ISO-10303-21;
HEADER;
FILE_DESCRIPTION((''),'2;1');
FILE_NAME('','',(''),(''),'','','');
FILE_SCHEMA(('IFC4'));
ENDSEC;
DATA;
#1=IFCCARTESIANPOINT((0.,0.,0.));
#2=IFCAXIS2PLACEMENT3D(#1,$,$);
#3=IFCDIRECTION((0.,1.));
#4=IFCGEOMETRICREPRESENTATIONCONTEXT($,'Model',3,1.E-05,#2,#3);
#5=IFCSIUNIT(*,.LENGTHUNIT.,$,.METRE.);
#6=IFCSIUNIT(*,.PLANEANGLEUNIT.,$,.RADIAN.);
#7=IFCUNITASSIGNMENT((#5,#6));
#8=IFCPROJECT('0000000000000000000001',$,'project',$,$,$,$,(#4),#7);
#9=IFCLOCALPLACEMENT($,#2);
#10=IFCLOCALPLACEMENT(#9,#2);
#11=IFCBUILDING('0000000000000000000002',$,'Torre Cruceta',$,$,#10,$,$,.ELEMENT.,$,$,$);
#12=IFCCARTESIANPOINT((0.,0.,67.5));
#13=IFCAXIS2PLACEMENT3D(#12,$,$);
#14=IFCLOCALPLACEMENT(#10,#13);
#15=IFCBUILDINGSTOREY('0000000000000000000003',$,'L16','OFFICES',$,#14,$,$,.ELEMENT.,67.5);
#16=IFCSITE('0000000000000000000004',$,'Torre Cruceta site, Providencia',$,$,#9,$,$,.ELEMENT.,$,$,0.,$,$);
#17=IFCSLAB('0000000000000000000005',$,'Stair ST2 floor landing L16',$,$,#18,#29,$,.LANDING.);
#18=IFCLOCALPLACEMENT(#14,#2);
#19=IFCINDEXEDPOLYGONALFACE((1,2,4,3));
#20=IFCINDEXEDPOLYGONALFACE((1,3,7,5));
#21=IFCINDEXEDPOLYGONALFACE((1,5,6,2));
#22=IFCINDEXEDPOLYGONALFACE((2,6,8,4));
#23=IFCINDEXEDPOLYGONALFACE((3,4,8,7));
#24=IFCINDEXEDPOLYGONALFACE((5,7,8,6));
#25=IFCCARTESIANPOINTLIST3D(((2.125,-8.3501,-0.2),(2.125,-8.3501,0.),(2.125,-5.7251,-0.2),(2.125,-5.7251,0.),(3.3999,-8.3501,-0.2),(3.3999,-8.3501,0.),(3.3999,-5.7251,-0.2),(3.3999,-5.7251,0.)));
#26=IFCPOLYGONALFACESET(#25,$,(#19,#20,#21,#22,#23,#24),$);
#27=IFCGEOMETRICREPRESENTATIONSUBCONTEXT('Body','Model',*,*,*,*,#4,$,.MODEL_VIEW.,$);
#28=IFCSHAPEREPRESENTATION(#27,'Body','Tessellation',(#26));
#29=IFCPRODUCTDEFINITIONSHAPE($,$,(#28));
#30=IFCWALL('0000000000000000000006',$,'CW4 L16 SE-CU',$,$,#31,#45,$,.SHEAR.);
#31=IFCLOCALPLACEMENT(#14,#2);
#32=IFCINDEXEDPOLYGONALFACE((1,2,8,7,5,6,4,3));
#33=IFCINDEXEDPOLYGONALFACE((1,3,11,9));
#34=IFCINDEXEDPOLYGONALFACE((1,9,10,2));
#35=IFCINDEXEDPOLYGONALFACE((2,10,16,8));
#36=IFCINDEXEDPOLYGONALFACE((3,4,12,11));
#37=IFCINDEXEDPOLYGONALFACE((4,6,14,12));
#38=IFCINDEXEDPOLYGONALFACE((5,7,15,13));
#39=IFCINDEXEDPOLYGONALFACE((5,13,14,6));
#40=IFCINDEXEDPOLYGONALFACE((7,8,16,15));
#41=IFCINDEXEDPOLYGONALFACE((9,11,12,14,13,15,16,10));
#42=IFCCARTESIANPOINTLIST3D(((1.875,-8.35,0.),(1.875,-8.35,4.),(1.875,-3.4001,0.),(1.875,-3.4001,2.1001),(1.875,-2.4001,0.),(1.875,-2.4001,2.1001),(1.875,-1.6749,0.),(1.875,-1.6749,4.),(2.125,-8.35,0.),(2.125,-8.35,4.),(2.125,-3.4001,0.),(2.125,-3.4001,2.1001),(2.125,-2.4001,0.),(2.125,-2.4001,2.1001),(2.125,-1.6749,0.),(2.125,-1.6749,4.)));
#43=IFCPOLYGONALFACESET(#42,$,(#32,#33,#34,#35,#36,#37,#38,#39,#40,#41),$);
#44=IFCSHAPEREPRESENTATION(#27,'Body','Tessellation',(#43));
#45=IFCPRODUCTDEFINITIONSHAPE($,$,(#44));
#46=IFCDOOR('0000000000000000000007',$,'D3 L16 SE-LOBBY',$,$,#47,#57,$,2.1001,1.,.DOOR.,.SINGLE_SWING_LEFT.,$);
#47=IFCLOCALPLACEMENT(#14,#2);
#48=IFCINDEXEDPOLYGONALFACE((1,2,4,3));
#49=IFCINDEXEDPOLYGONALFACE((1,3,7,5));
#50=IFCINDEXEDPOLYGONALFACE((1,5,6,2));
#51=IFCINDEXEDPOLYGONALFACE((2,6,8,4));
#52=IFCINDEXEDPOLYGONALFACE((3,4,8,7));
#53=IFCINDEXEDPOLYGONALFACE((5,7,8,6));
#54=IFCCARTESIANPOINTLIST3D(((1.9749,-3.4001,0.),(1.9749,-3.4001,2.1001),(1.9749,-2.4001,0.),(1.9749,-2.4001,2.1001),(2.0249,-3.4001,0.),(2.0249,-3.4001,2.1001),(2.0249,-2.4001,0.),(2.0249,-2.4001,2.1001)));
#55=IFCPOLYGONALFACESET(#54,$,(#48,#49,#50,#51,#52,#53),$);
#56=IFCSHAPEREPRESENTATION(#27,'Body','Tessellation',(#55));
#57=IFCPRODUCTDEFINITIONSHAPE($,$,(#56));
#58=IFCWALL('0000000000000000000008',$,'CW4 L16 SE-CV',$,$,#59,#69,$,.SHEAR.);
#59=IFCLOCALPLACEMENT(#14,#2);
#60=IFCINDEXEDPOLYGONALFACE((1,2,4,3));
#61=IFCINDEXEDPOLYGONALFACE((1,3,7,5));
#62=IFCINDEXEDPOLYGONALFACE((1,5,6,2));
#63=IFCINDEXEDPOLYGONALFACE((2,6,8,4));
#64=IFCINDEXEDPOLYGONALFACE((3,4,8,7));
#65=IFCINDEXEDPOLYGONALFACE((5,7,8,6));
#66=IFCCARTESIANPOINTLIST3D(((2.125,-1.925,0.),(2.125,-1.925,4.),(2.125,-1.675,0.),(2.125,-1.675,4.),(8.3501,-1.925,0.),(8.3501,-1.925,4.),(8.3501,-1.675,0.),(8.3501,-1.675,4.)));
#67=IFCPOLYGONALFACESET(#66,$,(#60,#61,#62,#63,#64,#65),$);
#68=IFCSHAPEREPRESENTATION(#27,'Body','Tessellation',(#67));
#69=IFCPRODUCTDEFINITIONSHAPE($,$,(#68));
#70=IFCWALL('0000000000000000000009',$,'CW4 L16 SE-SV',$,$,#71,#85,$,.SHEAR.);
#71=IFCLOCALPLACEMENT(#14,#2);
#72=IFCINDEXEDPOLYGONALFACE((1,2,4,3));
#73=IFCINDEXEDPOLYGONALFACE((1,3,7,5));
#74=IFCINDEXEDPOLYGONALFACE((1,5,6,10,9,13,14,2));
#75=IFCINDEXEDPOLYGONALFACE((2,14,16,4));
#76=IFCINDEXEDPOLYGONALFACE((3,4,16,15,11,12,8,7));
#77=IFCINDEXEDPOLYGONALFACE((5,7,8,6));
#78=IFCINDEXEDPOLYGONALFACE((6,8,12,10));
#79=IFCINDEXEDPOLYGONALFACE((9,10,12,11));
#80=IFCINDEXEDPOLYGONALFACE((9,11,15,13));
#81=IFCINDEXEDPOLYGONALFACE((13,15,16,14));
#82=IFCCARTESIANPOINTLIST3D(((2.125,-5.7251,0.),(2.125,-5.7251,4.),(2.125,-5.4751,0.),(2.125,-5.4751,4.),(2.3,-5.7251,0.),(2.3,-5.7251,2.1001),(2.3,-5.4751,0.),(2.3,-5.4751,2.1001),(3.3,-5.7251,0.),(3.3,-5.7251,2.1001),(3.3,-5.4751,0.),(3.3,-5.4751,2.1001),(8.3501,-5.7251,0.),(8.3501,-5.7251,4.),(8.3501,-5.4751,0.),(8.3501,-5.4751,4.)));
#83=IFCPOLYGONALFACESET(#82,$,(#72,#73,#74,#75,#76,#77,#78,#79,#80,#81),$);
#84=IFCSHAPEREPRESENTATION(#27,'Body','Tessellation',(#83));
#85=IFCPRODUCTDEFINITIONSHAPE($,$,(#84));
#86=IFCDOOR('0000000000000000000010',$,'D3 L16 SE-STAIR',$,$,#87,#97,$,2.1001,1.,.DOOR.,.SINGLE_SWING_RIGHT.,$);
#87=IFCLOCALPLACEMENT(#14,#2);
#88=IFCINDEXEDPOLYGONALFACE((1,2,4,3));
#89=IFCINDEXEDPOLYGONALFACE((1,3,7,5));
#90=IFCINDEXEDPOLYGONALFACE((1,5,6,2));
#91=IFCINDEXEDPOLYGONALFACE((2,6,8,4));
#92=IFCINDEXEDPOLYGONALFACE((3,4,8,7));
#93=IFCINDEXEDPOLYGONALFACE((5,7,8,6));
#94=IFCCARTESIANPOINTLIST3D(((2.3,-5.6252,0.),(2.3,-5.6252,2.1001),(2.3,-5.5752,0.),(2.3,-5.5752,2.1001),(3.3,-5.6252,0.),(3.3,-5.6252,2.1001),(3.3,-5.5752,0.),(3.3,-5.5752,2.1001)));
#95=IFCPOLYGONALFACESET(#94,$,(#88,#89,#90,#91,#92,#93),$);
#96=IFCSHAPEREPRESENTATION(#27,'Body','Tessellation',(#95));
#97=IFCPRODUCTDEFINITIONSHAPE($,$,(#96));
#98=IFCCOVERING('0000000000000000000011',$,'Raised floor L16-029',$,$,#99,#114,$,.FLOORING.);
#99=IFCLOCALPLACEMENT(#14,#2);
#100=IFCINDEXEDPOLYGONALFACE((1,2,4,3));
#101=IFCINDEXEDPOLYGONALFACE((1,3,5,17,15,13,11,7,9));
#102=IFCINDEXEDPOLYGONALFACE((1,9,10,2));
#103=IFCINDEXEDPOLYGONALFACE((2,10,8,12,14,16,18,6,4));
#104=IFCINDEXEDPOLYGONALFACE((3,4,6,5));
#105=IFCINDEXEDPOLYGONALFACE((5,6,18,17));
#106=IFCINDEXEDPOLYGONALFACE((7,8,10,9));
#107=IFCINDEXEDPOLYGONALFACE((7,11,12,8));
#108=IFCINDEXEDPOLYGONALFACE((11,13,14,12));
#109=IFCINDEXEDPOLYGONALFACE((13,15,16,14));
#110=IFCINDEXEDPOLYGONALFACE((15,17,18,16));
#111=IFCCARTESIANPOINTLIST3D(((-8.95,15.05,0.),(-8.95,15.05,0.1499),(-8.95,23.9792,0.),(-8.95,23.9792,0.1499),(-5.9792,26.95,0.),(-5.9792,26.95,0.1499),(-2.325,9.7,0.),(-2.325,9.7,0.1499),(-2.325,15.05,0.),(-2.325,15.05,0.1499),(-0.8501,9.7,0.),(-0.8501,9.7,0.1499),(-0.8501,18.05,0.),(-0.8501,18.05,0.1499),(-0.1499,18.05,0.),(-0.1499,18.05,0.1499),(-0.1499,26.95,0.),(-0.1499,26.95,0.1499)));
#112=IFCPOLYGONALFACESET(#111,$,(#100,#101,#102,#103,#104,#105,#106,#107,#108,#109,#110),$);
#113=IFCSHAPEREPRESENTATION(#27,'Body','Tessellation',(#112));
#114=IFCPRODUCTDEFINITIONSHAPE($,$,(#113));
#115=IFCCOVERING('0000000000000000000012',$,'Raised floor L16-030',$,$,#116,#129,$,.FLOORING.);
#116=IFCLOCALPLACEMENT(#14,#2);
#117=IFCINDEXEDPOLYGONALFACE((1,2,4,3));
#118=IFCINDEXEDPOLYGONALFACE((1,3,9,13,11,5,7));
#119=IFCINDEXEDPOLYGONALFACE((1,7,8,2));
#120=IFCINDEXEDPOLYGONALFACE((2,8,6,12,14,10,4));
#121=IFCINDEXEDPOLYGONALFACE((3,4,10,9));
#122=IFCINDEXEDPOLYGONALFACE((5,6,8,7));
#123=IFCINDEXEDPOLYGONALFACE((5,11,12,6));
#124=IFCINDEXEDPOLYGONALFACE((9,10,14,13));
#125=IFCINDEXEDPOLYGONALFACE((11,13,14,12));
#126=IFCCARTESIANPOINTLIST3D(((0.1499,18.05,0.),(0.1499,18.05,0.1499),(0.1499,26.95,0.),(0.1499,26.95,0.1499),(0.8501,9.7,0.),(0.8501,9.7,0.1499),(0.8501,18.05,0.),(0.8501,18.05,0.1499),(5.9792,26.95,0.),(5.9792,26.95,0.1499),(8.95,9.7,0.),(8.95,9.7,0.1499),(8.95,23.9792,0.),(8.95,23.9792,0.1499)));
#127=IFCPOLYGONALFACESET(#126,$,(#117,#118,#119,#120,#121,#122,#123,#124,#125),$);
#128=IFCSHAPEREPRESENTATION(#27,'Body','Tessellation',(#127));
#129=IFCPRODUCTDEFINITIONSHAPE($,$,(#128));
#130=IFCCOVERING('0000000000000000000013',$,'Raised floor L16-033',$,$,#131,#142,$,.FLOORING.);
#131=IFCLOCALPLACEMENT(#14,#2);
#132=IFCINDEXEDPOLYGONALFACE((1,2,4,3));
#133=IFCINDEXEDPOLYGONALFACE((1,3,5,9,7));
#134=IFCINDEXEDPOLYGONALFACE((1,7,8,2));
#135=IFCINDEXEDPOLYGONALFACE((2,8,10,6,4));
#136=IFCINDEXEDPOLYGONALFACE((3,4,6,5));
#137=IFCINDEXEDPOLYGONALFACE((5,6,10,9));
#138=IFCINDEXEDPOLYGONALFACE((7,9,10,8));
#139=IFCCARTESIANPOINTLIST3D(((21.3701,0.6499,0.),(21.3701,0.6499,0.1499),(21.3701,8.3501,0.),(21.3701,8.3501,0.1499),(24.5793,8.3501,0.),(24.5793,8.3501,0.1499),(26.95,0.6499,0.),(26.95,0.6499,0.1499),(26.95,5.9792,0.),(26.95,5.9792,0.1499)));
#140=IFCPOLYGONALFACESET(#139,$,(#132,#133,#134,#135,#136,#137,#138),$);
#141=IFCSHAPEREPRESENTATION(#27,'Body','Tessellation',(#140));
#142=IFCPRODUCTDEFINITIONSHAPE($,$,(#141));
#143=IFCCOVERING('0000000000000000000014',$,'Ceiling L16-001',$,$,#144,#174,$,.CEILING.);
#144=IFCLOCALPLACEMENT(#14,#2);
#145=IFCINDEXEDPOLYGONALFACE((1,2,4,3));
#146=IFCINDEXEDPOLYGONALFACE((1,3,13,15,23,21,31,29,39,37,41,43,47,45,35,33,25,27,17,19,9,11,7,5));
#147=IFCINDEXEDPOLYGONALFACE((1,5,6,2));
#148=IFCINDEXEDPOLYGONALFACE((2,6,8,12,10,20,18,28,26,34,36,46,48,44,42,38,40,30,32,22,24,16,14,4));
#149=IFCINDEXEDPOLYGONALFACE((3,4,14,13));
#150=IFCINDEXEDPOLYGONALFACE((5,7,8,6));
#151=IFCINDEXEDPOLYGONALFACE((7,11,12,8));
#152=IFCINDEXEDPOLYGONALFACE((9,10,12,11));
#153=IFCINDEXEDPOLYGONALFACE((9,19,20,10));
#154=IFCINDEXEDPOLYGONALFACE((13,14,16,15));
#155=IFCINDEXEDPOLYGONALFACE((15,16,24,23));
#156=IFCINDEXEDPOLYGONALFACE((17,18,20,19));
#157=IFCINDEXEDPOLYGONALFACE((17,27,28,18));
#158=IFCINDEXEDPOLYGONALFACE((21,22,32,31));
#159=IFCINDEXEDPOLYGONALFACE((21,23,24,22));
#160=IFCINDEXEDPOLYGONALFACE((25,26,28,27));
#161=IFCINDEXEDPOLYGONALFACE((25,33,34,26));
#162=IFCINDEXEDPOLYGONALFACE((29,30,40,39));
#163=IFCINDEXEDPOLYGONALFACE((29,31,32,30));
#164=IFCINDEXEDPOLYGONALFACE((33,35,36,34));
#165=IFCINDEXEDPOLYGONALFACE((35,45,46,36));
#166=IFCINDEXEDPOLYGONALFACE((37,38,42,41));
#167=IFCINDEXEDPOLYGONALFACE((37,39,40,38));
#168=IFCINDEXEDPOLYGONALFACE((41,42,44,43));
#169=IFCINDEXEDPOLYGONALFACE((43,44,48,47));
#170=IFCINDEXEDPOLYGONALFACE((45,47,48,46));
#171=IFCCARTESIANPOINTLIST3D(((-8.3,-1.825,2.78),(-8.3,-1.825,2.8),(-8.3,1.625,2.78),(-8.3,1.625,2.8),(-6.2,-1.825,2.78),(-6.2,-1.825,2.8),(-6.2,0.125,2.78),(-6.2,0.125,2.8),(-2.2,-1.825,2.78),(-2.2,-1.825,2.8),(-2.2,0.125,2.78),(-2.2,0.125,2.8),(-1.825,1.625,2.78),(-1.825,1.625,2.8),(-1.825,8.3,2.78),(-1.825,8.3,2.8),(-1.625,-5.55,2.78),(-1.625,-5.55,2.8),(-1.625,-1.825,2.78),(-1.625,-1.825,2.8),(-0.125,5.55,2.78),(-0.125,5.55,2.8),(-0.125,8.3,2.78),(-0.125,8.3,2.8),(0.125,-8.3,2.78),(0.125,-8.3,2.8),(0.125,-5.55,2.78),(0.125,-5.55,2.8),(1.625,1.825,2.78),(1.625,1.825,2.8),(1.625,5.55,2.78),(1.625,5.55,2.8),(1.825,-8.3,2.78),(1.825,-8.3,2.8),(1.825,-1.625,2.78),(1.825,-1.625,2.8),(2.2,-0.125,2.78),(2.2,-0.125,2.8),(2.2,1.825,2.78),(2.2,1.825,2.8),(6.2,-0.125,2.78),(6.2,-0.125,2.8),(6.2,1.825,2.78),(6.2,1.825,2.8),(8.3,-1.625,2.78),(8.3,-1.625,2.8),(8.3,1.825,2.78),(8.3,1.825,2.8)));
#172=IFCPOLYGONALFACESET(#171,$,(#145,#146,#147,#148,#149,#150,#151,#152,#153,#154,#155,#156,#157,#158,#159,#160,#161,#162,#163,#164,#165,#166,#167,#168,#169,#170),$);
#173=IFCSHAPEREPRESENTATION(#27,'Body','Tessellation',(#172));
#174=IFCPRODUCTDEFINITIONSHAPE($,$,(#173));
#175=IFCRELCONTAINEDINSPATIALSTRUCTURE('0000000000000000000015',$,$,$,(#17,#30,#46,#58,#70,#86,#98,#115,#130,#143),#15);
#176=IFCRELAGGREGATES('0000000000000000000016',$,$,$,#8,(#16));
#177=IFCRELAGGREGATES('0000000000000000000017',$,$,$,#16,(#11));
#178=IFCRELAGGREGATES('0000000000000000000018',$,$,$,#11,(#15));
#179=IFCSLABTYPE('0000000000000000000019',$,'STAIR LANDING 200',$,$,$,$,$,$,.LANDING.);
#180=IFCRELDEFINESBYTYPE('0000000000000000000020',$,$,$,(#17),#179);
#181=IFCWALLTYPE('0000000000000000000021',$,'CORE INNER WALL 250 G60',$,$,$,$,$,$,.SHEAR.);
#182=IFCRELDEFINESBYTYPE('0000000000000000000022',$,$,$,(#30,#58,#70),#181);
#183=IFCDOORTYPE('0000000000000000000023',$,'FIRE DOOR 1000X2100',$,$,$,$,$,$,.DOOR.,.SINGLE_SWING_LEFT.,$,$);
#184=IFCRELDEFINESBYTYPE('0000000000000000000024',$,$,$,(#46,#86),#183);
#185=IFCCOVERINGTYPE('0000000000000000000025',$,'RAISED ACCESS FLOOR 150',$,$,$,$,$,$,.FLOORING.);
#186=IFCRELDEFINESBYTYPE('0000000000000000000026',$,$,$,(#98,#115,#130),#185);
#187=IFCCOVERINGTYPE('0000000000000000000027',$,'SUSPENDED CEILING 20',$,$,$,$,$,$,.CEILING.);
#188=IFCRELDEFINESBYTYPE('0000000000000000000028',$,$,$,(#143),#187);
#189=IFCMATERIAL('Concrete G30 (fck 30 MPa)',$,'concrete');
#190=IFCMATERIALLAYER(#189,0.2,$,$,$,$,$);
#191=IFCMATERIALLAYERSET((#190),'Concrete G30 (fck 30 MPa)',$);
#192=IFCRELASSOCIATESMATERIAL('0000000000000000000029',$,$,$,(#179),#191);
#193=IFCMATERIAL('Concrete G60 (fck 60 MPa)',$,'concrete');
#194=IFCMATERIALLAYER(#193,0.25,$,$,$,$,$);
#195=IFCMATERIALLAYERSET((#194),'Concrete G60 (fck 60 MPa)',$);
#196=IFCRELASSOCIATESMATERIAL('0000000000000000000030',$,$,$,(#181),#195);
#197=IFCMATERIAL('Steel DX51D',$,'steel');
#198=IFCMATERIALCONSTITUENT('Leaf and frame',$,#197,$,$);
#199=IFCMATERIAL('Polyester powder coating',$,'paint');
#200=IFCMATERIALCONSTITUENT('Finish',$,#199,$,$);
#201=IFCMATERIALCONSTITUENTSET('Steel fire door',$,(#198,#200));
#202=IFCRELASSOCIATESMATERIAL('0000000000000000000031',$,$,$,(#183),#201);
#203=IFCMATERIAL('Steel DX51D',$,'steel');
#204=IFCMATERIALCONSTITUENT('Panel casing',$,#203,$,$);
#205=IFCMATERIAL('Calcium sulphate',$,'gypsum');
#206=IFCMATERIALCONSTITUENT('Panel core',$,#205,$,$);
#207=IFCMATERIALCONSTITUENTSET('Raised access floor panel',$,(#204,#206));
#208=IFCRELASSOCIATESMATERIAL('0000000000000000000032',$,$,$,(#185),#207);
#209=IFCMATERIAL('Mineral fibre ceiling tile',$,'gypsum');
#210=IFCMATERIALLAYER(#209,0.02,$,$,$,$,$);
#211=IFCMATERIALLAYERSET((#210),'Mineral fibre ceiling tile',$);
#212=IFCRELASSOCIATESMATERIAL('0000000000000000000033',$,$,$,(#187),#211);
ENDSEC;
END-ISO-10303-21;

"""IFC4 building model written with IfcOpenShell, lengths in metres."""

from ifc_helpers import new_model, si_unit, direction, frame, frame_2d, origin, place, context, subcontext, project, spatial, polyline, rectangle, outline, extrude, material, layer, layer_set, constituent, constituent_set, type_object, element, fill, save


model = new_model("IFC4")

# Units and contexts
model_context = context("Model", 3, precision=1e-05, world=origin(), true_north=direction((0.0, 1.0)))
body_context = subcontext(model_context, "Body", "Model", "MODEL_VIEW")
ifc_project = project(units=[si_unit("LENGTHUNIT", "METRE"), si_unit("PLANEANGLEUNIT", "RADIAN")], contexts=[model_context])

# Site, building, storey
site_placement = place(None, origin())
site = spatial("IfcSite", under=ifc_project, at=site_placement, Name="Torre Cruceta site, Providencia", CompositionType="ELEMENT", RefElevation=0.0)
building_placement = place(site_placement, origin())
building = spatial("IfcBuilding", under=site, at=building_placement, Name="Torre Cruceta", CompositionType="ELEMENT")
storey_placement = place(building_placement, frame((0.0, 0.0, 67.5)))
storey = spatial("IfcBuildingStorey", under=building, at=storey_placement, Name="L16", Description="OFFICES", CompositionType="ELEMENT", Elevation=67.5)

# Slab
ifc_material_1 = material(Name="Concrete G30 (fck 30 MPa)", Category="concrete")
ifc_layer_1 = layer(ifc_material_1, 0.2)
ifc_layer_set_1 = layer_set([ifc_layer_1], Name="Concrete G30 (fck 30 MPa)")
slab_type = type_object("IfcSlabType", Name="STAIR LANDING 200", PredefinedType="LANDING", material=ifc_layer_set_1)
slab_placement = place(storey_placement, frame((0.0, 0.0, -0.2)))
element("IfcSlab", 1, at=slab_placement, inside=storey, type_object=slab_type, Name="Stair ST2 floor landing L16", PredefinedType="LANDING", context=body_context, shape_type="SweptSolid", body=[
    extrude(outline(polyline([(2.125, -8.3501), (2.125, -5.7251), (3.3999, -5.7251), (3.3999, -8.3501), (2.125, -8.3501)])), origin(), (0.0, 0.0, 1.0), 0.2),
])

# Wall, opening, door
ifc_material_2 = material(Name="Concrete G60 (fck 60 MPa)", Category="concrete")
ifc_layer_2 = layer(ifc_material_2, 0.25)
ifc_layer_set_2 = layer_set([ifc_layer_2], Name="Concrete G60 (fck 60 MPa)")
wall_type = type_object("IfcWallType", Name="CORE INNER WALL 250 G60", PredefinedType="SHEAR", material=ifc_layer_set_2)
wall_1_placement = place(storey_placement, frame((2.0, -1.675, 0.0), z_axis=(0.0, 0.0, 1.0), x_axis=(0.0, -1.0, 0.0)))
wall_1 = element("IfcWall", 2, at=wall_1_placement, inside=storey, type_object=wall_type, Name="CW4 L16 SE-CU", PredefinedType="SHEAR", context=body_context, shape_type="SweptSolid", body=[
    extrude(rectangle(XDim=6.675, YDim=0.25, at=frame_2d((3.3374, 0.0))), origin(), (0.0, 0.0, 1.0), 4.0),
])
opening_1_placement = place(wall_1_placement, frame((0.7251, 0.0, 0.0)))
opening_1 = element("IfcOpeningElement", 3, at=opening_1_placement, cuts=wall_1, PredefinedType="OPENING", context=body_context, shape_type="SweptSolid", body=[
    extrude(rectangle(XDim=1.0, YDim=2.1001, at=frame_2d((0.5, 1.05))), frame((0.0, 0.135, 0.0), z_axis=(0.0, -1.0, 0.0), x_axis=(1.0, 0.0, 0.0)), (0.0, 0.0, 1.0), 0.27),
])
ifc_material_3 = material(Name="Steel DX51D", Category="steel")
ifc_constituent_1 = constituent(ifc_material_3, Name="Leaf and frame")
ifc_material_4 = material(Name="Polyester powder coating", Category="paint")
ifc_constituent_2 = constituent(ifc_material_4, Name="Finish")
ifc_constituent_set_1 = constituent_set(constituents=[ifc_constituent_1, ifc_constituent_2], Name="Steel fire door")
door_type = type_object("IfcDoorType", Name="FIRE DOOR 1000X2100", OperationType="SINGLE_SWING_LEFT", PredefinedType="DOOR", material=ifc_constituent_set_1)
door_1_placement = place(opening_1_placement, origin())
door_1 = element("IfcDoor", 4, at=door_1_placement, inside=storey, type_object=door_type, Name="D3 L16 SE-LOBBY", OperationType="SINGLE_SWING_LEFT", OverallHeight=2.1001, OverallWidth=1.0, PredefinedType="DOOR", context=body_context, shape_type="SweptSolid", body=[
    extrude(rectangle(XDim=1.0, YDim=2.1001, at=frame_2d((0.5, 1.05))), frame((0.0, 0.0249, 0.0), z_axis=(0.0, -1.0, 0.0), x_axis=(1.0, 0.0, 0.0)), (0.0, 0.0, 1.0), 0.05),
])
fill(opening_1, door_1)

# Wall
wall_2_placement = place(storey_placement, frame((2.125, -1.8, 0.0), z_axis=(0.0, 0.0, 1.0), x_axis=(1.0, 0.0, 0.0)))
element("IfcWall", 5, at=wall_2_placement, inside=storey, type_object=wall_type, Name="CW4 L16 SE-CV", PredefinedType="SHEAR", context=body_context, shape_type="SweptSolid", body=[
    extrude(rectangle(XDim=6.2251, YDim=0.25, at=frame_2d((3.1125, 0.0))), origin(), (0.0, 0.0, 1.0), 4.0),
])

# Wall, opening, door
wall_3_placement = place(storey_placement, frame((2.125, -5.6001, 0.0), z_axis=(0.0, 0.0, 1.0), x_axis=(1.0, 0.0, 0.0)))
wall_3 = element("IfcWall", 6, at=wall_3_placement, inside=storey, type_object=wall_type, Name="CW4 L16 SE-SV", PredefinedType="SHEAR", context=body_context, shape_type="SweptSolid", body=[
    extrude(rectangle(XDim=6.2251, YDim=0.25, at=frame_2d((3.1125, 0.0))), origin(), (0.0, 0.0, 1.0), 4.0),
])
opening_2_placement = place(wall_3_placement, frame((0.175, 0.0, 0.0)))
opening_2 = element("IfcOpeningElement", 7, at=opening_2_placement, cuts=wall_3, PredefinedType="OPENING", context=body_context, shape_type="SweptSolid", body=[
    extrude(rectangle(XDim=1.0, YDim=2.1001, at=frame_2d((0.5, 1.05))), frame((0.0, 0.135, 0.0), z_axis=(0.0, -1.0, 0.0), x_axis=(1.0, 0.0, 0.0)), (0.0, 0.0, 1.0), 0.27),
])
door_2_placement = place(opening_2_placement, frame((1.0, 0.0, 0.0), z_axis=(0.0, 0.0, 1.0), x_axis=(-1.0, 0.0, 0.0)))
door_2 = element("IfcDoor", 8, at=door_2_placement, inside=storey, type_object=door_type, Name="D3 L16 SE-STAIR", OperationType="SINGLE_SWING_RIGHT", OverallHeight=2.1001, OverallWidth=1.0, PredefinedType="DOOR", context=body_context, shape_type="SweptSolid", body=[
    extrude(rectangle(XDim=1.0, YDim=2.1001, at=frame_2d((0.5, 1.05))), frame((0.0, 0.0251, 0.0), z_axis=(0.0, -1.0, 0.0), x_axis=(1.0, 0.0, 0.0)), (0.0, 0.0, 1.0), 0.05),
])
fill(opening_2, door_2)

# Coverings
ifc_material_5 = material(Name="Steel DX51D", Category="steel")
ifc_constituent_3 = constituent(ifc_material_5, Name="Panel casing")
ifc_material_6 = material(Name="Calcium sulphate", Category="gypsum")
ifc_constituent_4 = constituent(ifc_material_6, Name="Panel core")
ifc_constituent_set_2 = constituent_set(constituents=[ifc_constituent_3, ifc_constituent_4], Name="Raised access floor panel")
covering_type_1 = type_object("IfcCoveringType", Name="RAISED ACCESS FLOOR 150", PredefinedType="FLOORING", material=ifc_constituent_set_2)
covering_1_placement = place(storey_placement, origin())
element("IfcCovering", 9, at=covering_1_placement, inside=storey, type_object=covering_type_1, Name="Raised floor L16-029", PredefinedType="FLOORING", context=body_context, shape_type="SweptSolid", body=[
    extrude(outline(polyline([(-5.9792, 26.95), (-0.1499, 26.95), (-0.1499, 18.05), (-0.8501, 18.05), (-0.8501, 9.7), (-2.325, 9.7), (-2.325, 15.05), (-8.95, 15.05), (-8.95, 23.9792), (-5.9792, 26.95)])), origin(), (0.0, 0.0, 1.0), 0.1499),
])
covering_2_placement = place(storey_placement, origin())
element("IfcCovering", 10, at=covering_2_placement, inside=storey, type_object=covering_type_1, Name="Raised floor L16-030", PredefinedType="FLOORING", context=body_context, shape_type="SweptSolid", body=[
    extrude(outline(polyline([(5.9792, 26.95), (8.95, 23.9792), (8.95, 9.7), (0.8501, 9.7), (0.8501, 18.05), (0.1499, 18.05), (0.1499, 26.95), (5.9792, 26.95)])), origin(), (0.0, 0.0, 1.0), 0.1499),
])
covering_3_placement = place(storey_placement, origin())
element("IfcCovering", 11, at=covering_3_placement, inside=storey, type_object=covering_type_1, Name="Raised floor L16-033", PredefinedType="FLOORING", context=body_context, shape_type="SweptSolid", body=[
    extrude(outline(polyline([(26.95, 0.6499), (21.3701, 0.6499), (21.3701, 8.3501), (24.5793, 8.3501), (26.95, 5.9792), (26.95, 0.6499)])), origin(), (0.0, 0.0, 1.0), 0.1499),
])
ifc_material_7 = material(Name="Mineral fibre ceiling tile", Category="gypsum")
ifc_layer_3 = layer(ifc_material_7, 0.02)
ifc_layer_set_3 = layer_set([ifc_layer_3], Name="Mineral fibre ceiling tile")
covering_type_2 = type_object("IfcCoveringType", Name="SUSPENDED CEILING 20", PredefinedType="CEILING", material=ifc_layer_set_3)
covering_4_placement = place(storey_placement, frame((0.0, 0.0, 2.78)))
element("IfcCovering", 12, at=covering_4_placement, inside=storey, type_object=covering_type_2, Name="Ceiling L16-001", PredefinedType="CEILING", context=body_context, shape_type="SweptSolid", body=[
    extrude(outline(polyline([(1.825, -8.3), (0.125, -8.3), (0.125, -5.55), (-1.625, -5.55), (-1.625, -1.825), (-2.2, -1.825), (-2.2, 0.125), (-6.2, 0.125), (-6.2, -1.825), (-8.3, -1.825), (-8.3, 1.625), (-1.825, 1.625), (-1.825, 8.3), (-0.125, 8.3), (-0.125, 5.55), (1.625, 5.55), (1.625, 1.825), (2.2, 1.825), (2.2, -0.125), (6.2, -0.125), (6.2, 1.825), (8.3, 1.825), (8.3, -1.625), (1.825, -1.625), (1.825, -8.3)])), origin(), (0.0, 0.0, 1.0), 0.02),
])

save(model, "model.ifc")
